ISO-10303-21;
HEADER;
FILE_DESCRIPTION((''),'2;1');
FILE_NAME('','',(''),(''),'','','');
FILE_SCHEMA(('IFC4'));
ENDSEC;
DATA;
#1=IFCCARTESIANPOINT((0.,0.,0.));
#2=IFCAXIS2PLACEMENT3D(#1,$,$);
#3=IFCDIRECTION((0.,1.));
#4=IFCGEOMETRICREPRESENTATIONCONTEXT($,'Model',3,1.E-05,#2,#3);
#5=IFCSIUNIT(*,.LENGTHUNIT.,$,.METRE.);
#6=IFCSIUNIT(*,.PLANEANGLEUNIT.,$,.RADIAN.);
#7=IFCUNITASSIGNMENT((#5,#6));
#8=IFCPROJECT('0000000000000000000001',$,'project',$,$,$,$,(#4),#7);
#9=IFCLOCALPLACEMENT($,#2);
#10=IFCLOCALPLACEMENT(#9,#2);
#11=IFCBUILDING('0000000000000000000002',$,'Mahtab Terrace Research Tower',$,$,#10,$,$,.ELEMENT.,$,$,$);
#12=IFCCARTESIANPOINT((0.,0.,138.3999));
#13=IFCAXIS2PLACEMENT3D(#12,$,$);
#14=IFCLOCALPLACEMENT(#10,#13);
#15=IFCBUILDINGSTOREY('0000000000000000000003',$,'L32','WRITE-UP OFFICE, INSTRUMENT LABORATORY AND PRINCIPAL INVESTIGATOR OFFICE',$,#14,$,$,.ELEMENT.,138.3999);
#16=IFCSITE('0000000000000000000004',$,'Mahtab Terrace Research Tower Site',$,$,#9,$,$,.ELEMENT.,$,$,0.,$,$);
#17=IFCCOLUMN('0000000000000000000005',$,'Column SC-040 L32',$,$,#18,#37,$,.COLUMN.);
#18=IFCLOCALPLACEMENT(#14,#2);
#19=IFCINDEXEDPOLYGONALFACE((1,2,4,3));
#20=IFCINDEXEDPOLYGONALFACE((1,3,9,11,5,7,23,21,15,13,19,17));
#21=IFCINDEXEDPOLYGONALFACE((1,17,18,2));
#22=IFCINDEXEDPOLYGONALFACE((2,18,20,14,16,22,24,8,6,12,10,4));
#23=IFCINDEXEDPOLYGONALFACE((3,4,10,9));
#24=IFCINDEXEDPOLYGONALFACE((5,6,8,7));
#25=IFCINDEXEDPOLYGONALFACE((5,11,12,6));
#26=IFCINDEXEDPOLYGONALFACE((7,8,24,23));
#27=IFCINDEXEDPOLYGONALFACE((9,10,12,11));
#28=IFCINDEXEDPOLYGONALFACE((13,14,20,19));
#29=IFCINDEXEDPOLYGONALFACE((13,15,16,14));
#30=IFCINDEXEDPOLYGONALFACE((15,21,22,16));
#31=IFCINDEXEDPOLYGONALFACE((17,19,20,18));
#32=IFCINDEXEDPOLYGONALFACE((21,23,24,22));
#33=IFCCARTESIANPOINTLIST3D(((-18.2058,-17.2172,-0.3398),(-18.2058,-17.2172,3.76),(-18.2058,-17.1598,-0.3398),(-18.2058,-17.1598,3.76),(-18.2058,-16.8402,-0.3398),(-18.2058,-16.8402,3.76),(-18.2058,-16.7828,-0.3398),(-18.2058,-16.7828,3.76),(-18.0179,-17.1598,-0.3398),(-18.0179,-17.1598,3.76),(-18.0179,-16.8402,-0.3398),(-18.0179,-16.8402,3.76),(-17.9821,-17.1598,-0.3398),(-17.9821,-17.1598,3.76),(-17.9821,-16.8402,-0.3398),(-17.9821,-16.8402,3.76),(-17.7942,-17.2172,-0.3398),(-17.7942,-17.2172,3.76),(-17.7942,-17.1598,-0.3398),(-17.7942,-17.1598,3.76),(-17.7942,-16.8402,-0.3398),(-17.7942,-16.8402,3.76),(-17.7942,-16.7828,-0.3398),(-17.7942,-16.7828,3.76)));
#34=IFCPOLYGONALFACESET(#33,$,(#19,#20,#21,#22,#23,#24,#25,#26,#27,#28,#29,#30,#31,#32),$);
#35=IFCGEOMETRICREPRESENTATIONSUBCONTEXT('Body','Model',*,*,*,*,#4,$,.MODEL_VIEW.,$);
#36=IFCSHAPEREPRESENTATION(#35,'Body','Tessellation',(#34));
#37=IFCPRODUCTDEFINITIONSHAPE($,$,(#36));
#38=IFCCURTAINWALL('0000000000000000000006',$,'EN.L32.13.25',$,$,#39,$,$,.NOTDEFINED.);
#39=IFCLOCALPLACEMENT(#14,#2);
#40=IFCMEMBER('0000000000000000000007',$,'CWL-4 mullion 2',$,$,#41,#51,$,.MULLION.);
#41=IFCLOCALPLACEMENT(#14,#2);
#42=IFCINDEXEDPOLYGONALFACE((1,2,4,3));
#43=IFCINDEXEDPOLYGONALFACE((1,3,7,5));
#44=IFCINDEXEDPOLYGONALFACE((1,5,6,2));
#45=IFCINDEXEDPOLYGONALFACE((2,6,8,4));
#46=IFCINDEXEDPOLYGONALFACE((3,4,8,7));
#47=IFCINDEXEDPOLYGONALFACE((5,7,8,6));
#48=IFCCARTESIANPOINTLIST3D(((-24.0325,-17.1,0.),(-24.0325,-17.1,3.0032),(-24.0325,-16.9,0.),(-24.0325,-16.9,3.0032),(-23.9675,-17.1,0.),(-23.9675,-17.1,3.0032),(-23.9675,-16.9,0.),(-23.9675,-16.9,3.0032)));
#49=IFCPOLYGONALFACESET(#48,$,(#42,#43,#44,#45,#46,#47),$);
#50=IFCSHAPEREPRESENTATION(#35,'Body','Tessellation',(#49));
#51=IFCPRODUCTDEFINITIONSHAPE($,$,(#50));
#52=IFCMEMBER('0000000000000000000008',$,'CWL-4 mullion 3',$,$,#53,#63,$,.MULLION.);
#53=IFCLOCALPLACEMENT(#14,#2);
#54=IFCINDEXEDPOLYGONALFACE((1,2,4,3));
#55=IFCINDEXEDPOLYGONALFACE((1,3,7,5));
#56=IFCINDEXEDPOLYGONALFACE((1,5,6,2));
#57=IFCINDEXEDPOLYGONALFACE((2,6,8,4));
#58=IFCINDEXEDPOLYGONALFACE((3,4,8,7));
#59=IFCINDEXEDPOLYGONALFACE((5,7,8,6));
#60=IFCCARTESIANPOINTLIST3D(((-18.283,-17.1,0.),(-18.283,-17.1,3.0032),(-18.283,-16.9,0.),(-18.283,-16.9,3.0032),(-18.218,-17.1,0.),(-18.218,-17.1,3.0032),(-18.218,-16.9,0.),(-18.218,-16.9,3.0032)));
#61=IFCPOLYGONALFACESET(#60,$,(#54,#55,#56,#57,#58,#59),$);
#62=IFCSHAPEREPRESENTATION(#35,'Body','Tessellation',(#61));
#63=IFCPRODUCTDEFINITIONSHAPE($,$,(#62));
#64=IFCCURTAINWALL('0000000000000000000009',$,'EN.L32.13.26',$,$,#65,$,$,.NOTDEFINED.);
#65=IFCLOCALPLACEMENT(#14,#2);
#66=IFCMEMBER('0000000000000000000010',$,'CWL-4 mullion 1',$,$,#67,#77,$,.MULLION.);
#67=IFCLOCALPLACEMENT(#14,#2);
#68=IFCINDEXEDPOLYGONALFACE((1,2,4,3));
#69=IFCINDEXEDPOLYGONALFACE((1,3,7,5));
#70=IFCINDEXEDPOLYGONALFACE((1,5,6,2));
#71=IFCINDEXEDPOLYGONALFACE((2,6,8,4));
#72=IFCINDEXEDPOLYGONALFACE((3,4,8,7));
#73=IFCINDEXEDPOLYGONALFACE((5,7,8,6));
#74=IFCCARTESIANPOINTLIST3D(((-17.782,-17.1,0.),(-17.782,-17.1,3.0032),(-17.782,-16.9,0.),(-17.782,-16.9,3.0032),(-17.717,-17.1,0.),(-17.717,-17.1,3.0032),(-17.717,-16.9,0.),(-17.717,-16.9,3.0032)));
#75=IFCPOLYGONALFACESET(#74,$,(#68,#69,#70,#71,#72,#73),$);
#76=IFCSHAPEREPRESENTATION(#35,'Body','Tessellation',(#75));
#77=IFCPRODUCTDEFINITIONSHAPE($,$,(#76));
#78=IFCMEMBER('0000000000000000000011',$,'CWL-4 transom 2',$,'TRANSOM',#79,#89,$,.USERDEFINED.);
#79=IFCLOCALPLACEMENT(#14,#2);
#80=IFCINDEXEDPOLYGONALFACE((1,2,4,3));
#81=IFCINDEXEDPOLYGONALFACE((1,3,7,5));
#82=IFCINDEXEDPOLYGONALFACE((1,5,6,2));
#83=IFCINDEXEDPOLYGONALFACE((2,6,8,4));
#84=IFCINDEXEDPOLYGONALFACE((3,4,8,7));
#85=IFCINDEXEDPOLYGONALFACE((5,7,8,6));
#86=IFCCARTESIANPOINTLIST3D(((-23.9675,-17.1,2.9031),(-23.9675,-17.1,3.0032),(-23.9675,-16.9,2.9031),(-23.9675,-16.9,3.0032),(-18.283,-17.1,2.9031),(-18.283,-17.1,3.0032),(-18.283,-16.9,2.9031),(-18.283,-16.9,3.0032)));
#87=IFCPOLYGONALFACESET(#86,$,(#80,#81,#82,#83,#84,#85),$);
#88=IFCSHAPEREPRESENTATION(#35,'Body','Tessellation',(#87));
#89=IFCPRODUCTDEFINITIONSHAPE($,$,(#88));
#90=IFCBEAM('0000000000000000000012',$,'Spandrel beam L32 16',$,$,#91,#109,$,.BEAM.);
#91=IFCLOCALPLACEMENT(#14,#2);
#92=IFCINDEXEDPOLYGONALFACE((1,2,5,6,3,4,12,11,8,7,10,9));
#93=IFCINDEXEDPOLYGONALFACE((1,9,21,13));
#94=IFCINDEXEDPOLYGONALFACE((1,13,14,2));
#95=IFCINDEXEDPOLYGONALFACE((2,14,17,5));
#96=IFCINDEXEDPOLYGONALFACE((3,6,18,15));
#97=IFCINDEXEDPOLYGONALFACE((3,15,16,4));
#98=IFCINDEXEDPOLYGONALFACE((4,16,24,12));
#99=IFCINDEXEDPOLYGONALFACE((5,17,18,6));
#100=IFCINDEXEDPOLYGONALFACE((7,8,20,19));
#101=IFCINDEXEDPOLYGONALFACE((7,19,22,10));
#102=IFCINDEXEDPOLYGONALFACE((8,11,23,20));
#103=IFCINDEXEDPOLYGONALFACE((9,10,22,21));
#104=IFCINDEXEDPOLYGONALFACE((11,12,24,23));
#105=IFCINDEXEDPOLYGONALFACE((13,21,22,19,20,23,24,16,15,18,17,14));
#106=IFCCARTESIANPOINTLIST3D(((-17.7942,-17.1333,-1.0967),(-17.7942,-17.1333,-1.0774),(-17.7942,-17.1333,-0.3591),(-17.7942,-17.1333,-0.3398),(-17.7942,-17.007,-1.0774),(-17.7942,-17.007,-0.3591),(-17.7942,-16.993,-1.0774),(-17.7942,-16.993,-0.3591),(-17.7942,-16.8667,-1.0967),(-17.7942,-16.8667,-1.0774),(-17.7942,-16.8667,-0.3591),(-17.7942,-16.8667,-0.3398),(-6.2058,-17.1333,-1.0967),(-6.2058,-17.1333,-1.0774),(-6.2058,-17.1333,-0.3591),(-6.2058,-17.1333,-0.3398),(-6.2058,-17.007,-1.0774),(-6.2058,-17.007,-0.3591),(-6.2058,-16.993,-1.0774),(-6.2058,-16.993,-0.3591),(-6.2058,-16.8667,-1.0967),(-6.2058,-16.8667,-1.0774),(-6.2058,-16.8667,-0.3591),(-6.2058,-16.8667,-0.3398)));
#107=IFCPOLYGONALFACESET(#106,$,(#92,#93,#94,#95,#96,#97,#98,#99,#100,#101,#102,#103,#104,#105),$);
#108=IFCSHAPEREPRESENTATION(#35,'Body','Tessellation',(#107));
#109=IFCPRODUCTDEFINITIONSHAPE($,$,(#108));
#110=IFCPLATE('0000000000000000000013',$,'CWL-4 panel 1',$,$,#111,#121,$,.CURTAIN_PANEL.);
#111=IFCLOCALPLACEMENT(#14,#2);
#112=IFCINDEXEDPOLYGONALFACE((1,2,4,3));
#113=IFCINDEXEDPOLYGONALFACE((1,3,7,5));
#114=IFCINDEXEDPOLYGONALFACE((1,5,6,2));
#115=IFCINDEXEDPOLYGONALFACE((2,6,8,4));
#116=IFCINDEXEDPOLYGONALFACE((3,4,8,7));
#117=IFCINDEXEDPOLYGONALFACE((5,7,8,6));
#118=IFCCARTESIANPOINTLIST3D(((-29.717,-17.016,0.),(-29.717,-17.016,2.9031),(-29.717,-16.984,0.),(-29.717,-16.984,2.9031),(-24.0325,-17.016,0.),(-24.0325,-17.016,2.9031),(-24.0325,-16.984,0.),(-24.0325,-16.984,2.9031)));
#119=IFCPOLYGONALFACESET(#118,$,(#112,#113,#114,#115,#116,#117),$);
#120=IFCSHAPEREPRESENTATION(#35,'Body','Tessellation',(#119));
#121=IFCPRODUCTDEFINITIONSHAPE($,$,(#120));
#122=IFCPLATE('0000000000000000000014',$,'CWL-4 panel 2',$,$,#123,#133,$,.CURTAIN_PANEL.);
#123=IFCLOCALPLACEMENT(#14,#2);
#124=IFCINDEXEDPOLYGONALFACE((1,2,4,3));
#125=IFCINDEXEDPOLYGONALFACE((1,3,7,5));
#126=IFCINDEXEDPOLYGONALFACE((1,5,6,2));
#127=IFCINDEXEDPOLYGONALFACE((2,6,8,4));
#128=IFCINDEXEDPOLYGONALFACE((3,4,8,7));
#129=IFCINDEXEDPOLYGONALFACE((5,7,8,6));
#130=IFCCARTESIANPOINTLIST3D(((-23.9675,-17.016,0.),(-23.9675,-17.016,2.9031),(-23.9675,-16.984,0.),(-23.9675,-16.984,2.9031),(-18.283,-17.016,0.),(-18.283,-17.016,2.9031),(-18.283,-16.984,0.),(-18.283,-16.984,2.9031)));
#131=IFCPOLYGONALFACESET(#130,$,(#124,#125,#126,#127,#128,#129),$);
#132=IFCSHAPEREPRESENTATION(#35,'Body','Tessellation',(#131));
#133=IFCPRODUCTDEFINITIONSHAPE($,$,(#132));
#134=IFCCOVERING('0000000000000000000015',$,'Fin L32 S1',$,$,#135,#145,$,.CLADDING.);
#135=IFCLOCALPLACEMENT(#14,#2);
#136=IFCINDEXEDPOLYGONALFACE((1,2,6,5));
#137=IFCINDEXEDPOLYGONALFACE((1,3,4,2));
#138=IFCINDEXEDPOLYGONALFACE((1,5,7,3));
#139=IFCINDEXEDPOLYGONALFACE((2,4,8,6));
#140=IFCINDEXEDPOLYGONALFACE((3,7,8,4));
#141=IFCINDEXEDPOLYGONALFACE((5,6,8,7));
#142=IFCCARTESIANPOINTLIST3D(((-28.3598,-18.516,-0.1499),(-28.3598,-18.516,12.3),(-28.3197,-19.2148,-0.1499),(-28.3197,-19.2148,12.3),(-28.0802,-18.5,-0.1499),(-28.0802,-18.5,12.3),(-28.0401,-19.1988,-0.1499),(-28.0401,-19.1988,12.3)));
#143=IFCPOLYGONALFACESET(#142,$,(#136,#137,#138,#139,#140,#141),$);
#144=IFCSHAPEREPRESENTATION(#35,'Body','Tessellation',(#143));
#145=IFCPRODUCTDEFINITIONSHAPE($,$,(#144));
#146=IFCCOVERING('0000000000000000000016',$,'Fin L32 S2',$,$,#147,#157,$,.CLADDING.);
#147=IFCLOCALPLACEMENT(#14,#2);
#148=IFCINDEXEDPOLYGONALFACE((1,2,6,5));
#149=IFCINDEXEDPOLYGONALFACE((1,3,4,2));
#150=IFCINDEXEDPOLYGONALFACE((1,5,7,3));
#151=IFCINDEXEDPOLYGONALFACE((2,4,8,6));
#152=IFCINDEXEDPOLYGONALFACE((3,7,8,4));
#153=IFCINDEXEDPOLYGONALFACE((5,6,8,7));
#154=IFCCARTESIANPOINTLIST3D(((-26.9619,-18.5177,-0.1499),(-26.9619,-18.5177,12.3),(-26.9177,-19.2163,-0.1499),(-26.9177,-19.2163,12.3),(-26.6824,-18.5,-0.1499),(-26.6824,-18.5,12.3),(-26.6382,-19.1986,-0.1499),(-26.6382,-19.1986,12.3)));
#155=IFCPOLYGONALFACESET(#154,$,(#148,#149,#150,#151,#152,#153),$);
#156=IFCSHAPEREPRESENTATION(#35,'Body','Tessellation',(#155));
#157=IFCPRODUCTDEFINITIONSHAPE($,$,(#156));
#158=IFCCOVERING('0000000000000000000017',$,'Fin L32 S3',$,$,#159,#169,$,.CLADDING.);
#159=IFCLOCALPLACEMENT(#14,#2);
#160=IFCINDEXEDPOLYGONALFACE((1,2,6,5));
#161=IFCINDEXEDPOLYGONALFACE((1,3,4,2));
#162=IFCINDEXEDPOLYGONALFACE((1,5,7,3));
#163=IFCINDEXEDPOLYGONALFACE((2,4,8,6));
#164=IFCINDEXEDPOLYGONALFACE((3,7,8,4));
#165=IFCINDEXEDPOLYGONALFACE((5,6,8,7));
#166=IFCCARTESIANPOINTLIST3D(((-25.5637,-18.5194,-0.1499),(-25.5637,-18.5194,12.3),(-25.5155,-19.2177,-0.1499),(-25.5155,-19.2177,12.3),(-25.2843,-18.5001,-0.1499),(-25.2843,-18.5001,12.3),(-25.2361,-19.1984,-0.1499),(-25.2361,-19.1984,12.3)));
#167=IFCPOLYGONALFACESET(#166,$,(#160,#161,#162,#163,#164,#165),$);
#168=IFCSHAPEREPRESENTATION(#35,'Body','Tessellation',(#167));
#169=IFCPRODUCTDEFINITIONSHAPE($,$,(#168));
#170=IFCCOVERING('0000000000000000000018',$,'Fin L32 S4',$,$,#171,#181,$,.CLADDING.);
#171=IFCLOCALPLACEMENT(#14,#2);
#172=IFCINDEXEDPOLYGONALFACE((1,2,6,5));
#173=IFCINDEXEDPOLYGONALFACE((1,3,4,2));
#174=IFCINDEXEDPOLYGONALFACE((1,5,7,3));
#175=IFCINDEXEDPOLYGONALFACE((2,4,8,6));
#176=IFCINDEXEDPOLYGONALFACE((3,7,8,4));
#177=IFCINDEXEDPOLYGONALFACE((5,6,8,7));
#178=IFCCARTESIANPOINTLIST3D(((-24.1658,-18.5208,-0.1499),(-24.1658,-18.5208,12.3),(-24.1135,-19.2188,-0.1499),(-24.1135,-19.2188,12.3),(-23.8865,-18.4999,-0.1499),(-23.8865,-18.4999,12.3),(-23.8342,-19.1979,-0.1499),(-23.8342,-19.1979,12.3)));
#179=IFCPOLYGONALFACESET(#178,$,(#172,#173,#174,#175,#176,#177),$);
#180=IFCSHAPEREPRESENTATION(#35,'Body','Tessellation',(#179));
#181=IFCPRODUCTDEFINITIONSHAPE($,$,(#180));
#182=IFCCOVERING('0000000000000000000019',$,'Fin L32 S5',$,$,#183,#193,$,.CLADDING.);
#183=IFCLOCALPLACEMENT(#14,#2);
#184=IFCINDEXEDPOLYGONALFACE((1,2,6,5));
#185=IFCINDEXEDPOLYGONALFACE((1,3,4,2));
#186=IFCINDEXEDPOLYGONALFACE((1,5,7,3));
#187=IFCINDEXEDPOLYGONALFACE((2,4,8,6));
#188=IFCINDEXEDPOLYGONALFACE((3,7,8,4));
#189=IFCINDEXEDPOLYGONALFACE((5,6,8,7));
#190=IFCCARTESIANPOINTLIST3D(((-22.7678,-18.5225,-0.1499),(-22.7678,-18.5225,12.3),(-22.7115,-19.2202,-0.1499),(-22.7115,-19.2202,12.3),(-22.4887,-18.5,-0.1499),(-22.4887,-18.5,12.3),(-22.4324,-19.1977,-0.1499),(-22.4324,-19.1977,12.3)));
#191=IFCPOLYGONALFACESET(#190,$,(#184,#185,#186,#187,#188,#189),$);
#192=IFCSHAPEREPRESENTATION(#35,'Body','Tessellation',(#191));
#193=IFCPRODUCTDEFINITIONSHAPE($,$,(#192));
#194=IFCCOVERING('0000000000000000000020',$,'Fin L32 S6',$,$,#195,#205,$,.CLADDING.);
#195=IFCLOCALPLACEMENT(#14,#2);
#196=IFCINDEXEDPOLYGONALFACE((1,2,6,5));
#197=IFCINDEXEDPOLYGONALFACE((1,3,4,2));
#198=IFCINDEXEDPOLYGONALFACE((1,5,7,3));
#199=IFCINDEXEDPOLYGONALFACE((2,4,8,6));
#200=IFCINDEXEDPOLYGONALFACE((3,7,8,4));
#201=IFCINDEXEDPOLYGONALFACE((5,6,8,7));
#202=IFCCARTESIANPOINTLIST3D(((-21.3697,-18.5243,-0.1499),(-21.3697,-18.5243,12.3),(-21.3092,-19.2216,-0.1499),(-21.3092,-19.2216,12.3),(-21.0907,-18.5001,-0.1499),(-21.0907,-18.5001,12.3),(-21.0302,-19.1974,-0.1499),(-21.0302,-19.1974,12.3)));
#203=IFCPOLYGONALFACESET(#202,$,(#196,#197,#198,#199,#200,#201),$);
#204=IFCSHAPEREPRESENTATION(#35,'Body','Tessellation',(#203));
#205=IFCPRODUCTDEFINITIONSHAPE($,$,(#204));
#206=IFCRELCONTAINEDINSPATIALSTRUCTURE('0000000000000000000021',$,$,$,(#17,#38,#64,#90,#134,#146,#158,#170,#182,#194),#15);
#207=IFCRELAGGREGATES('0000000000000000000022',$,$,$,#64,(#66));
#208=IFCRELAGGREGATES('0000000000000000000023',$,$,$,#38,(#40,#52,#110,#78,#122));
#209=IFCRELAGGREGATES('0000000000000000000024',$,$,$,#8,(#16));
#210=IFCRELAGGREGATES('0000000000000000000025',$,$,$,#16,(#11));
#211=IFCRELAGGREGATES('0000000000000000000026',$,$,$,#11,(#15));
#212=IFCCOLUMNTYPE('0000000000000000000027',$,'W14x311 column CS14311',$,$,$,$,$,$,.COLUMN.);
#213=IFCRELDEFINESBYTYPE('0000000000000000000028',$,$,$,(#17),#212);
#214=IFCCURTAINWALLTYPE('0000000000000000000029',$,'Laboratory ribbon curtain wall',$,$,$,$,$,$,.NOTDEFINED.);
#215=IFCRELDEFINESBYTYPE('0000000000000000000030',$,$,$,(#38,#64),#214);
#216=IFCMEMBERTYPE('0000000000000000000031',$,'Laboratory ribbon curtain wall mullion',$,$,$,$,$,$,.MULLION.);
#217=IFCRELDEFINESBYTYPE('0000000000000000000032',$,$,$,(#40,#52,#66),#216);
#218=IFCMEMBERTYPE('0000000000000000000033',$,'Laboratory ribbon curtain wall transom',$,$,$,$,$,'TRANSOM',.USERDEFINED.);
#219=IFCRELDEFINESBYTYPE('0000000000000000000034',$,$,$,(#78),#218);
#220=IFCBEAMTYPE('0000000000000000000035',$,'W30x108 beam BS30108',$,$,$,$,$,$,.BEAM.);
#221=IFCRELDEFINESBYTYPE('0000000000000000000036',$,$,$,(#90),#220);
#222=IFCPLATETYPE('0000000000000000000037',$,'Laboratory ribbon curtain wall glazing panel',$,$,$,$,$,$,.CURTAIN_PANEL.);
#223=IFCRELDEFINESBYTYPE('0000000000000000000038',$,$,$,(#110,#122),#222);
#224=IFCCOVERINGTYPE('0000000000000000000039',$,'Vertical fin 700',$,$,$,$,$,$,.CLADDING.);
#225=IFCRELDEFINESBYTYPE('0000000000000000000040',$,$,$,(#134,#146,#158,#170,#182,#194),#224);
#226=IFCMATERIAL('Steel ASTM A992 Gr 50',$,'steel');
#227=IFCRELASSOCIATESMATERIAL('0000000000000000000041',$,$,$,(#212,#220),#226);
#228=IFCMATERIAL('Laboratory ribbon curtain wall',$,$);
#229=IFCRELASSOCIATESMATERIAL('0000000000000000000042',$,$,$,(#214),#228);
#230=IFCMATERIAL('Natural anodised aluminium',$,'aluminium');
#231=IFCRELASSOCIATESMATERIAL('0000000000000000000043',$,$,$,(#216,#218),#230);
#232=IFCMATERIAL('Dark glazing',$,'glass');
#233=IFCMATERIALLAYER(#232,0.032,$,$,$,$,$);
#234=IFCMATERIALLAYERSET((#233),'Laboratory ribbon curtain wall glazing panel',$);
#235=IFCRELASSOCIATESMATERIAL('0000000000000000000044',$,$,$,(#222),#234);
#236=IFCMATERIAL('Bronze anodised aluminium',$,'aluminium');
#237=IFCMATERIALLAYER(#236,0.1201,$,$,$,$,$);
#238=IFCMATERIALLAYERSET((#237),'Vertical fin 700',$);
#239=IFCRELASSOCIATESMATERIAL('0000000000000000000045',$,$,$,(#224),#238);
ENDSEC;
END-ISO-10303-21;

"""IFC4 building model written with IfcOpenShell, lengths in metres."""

from ifc_helpers import new_model, si_unit, direction, frame, origin, origin_2d, place, context, subcontext, project, spatial, rectangle, i_section, extrude, material, layer, layer_set, material_profile, profile_set, type_object, element, aggregate, save


model = new_model("IFC4")

# Units and contexts
model_context = context("Model", 3, precision=1e-05, world=origin(), true_north=direction((0.0, 1.0)))
body_context = subcontext(model_context, "Body", "Model", "MODEL_VIEW")
ifc_project = project(units=[si_unit("LENGTHUNIT", "METRE"), si_unit("PLANEANGLEUNIT", "RADIAN")], contexts=[model_context])

# Site, building, storey
site_placement = place(None, origin())
site = spatial("IfcSite", under=ifc_project, at=site_placement, Name="Mahtab Terrace Research Tower Site", CompositionType="ELEMENT", RefElevation=0.0)
building_placement = place(site_placement, origin())
building = spatial("IfcBuilding", under=site, at=building_placement, Name="Mahtab Terrace Research Tower", CompositionType="ELEMENT")
storey_placement = place(building_placement, frame((0.0, 0.0, 138.3999)))
storey = spatial("IfcBuildingStorey", under=building, at=storey_placement, Name="L32", Description="WRITE-UP OFFICE, INSTRUMENT LABORATORY AND PRINCIPAL INVESTIGATOR OFFICE", CompositionType="ELEMENT", Elevation=138.3999)

# Column
ifc_material_1 = material(Name="Steel ASTM A992 Gr 50", Category="steel")
ifc_material_profile_1 = material_profile(ifc_material_1, i_section(OverallWidth=0.4116, OverallDepth=0.4343, WebThickness=0.0359, FlangeThickness=0.0574, at=origin_2d()), Name="W14X311")
ifc_profile_set_1 = profile_set([ifc_material_profile_1], Name="Steel ASTM A992 Gr 50")
column_type = type_object("IfcColumnType", Name="W14x311 column CS14311", PredefinedType="COLUMN", material=ifc_profile_set_1)
column_placement = place(storey_placement, frame((-18.0, -17.0, -0.3398), z_axis=(0.0, 0.0, 1.0), x_axis=(1.0, 0.0, 0.0)))
element("IfcColumn", 1, at=column_placement, inside=storey, type_object=column_type, Name="Column SC-040 L32", PredefinedType="COLUMN", context=body_context, shape_type="SweptSolid", body=[
    extrude(i_section(OverallWidth=0.4116, OverallDepth=0.4343, WebThickness=0.0359, FlangeThickness=0.0574, at=origin_2d()), origin(), (0.0, 0.0, 1.0), 4.0999),
])

# Curtain wall, members
ifc_material_2 = material(Name="Laboratory ribbon curtain wall")
curtain_wall_type = type_object("IfcCurtainWallType", Name="Laboratory ribbon curtain wall", PredefinedType="NOTDEFINED", material=ifc_material_2)
curtain_wall_1_placement = place(storey_placement, origin())
curtain_wall_1 = element("IfcCurtainWall", 2, at=curtain_wall_1_placement, inside=storey, type_object=curtain_wall_type, Name="EN.L32.13.25", PredefinedType="NOTDEFINED")
ifc_material_3 = material(Name="Natural anodised aluminium", Category="aluminium")
ifc_material_profile_2 = material_profile(ifc_material_3, rectangle(XDim=0.2, YDim=0.0649, at=origin_2d()), Name="MULLION 65x200")
ifc_profile_set_2 = profile_set([ifc_material_profile_2], Name="Natural anodised aluminium")
member_type_1 = type_object("IfcMemberType", Name="Laboratory ribbon curtain wall mullion", PredefinedType="MULLION", material=ifc_profile_set_2)
member_1_placement = place(storey_placement, frame((-24.0, -17.0, 0.0), z_axis=(0.0, 0.0, 1.0), x_axis=(0.0, 1.0, 0.0)))
member_1 = element("IfcMember", 3, at=member_1_placement, type_object=member_type_1, Name="CWL-4 mullion 2", PredefinedType="MULLION", context=body_context, shape_type="SweptSolid", body=[
    extrude(rectangle(XDim=0.2, YDim=0.0649, at=origin_2d()), origin(), (0.0, 0.0, 1.0), 3.0032),
])
member_2_placement = place(storey_placement, frame((-18.2505, -17.0, 0.0), z_axis=(0.0, 0.0, 1.0), x_axis=(0.0, 1.0, 0.0)))
member_2 = element("IfcMember", 4, at=member_2_placement, type_object=member_type_1, Name="CWL-4 mullion 3", PredefinedType="MULLION", context=body_context, shape_type="SweptSolid", body=[
    extrude(rectangle(XDim=0.2, YDim=0.0649, at=origin_2d()), origin(), (0.0, 0.0, 1.0), 3.0032),
])

# Curtain wall, member
curtain_wall_2_placement = place(storey_placement, origin())
curtain_wall_2 = element("IfcCurtainWall", 5, at=curtain_wall_2_placement, inside=storey, type_object=curtain_wall_type, Name="EN.L32.13.26", PredefinedType="NOTDEFINED")
member_3_placement = place(storey_placement, frame((-17.7495, -17.0, 0.0), z_axis=(0.0, 0.0, 1.0), x_axis=(0.0, 1.0, 0.0)))
member_3 = element("IfcMember", 6, at=member_3_placement, type_object=member_type_1, Name="CWL-4 mullion 1", PredefinedType="MULLION", context=body_context, shape_type="SweptSolid", body=[
    extrude(rectangle(XDim=0.2, YDim=0.0649, at=origin_2d()), origin(), (0.0, 0.0, 1.0), 3.0032),
])
aggregate(curtain_wall_2, [member_3])

# Member
ifc_material_profile_3 = material_profile(ifc_material_3, rectangle(XDim=0.2, YDim=0.1001, at=origin_2d()), Name="TRANSOM 100x200")
ifc_profile_set_3 = profile_set([ifc_material_profile_3], Name="Natural anodised aluminium")
member_type_2 = type_object("IfcMemberType", Name="Laboratory ribbon curtain wall transom", ElementType="TRANSOM", PredefinedType="USERDEFINED", material=ifc_profile_set_3)
member_4_placement = place(storey_placement, frame((-23.9675, -17.0, 2.9531), z_axis=(1.0, 0.0, 0.0), x_axis=(0.0, 1.0, 0.0)))
member_4 = element("IfcMember", 7, at=member_4_placement, type_object=member_type_2, Name="CWL-4 transom 2", ObjectType="TRANSOM", PredefinedType="USERDEFINED", context=body_context, shape_type="SweptSolid", body=[
    extrude(rectangle(XDim=0.2, YDim=0.1001, at=origin_2d()), origin(), (0.0, 0.0, 1.0), 5.6846),
])

# Beam
ifc_material_profile_4 = material_profile(ifc_material_1, i_section(OverallWidth=0.2666, OverallDepth=0.7568, WebThickness=0.0139, FlangeThickness=0.0193, at=origin_2d()), Name="W30X108")
ifc_profile_set_4 = profile_set([ifc_material_profile_4], Name="Steel ASTM A992 Gr 50")
beam_type = type_object("IfcBeamType", Name="W30x108 beam BS30108", PredefinedType="BEAM", material=ifc_profile_set_4)
beam_placement = place(storey_placement, frame((-17.7942, -17.0, -0.7183), z_axis=(1.0, 0.0, 0.0), x_axis=(0.0, 1.0, 0.0)))
element("IfcBeam", 8, at=beam_placement, inside=storey, type_object=beam_type, Name="Spandrel beam L32 16", PredefinedType="BEAM", context=body_context, shape_type="SweptSolid", body=[
    extrude(i_section(OverallWidth=0.2666, OverallDepth=0.7568, WebThickness=0.0139, FlangeThickness=0.0193, at=origin_2d()), origin(), (0.0, 0.0, 1.0), 11.5884),
])

# Plates
ifc_material_4 = material(Name="Dark glazing", Category="glass")
ifc_layer_1 = layer(ifc_material_4, 0.032)
ifc_layer_set_1 = layer_set([ifc_layer_1], Name="Laboratory ribbon curtain wall glazing panel")
plate_type = type_object("IfcPlateType", Name="Laboratory ribbon curtain wall glazing panel", PredefinedType="CURTAIN_PANEL", material=ifc_layer_set_1)
plate_1_placement = place(storey_placement, frame((-26.8748, -17.0, 0.0), z_axis=(0.0, 0.0, 1.0), x_axis=(1.0, 0.0, 0.0)))
plate_1 = element("IfcPlate", 9, at=plate_1_placement, type_object=plate_type, Name="CWL-4 panel 1", PredefinedType="CURTAIN_PANEL", context=body_context, shape_type="SweptSolid", body=[
    extrude(rectangle(XDim=5.6846, YDim=0.032, at=origin_2d()), origin(), (0.0, 0.0, 1.0), 2.9031),
])
plate_2_placement = place(storey_placement, frame((-21.1252, -17.0, 0.0), z_axis=(0.0, 0.0, 1.0), x_axis=(1.0, 0.0, 0.0)))
plate_2 = element("IfcPlate", 10, at=plate_2_placement, type_object=plate_type, Name="CWL-4 panel 2", PredefinedType="CURTAIN_PANEL", context=body_context, shape_type="SweptSolid", body=[
    extrude(rectangle(XDim=5.6846, YDim=0.032, at=origin_2d()), origin(), (0.0, 0.0, 1.0), 2.9031),
])
aggregate(curtain_wall_1, [member_1, member_2, plate_1, member_4, plate_2])

# Coverings
ifc_material_5 = material(Name="Bronze anodised aluminium", Category="aluminium")
ifc_layer_2 = layer(ifc_material_5, 0.1201)
ifc_layer_set_2 = layer_set([ifc_layer_2], Name="Vertical fin 700")
covering_type = type_object("IfcCoveringType", Name="Vertical fin 700", PredefinedType="CLADDING", material=ifc_layer_set_2)
for number, where, z_axis, x_axis, name in (
    (11, (-28.2, -18.8574, -0.1499), (0.0, 0.0, 1.0), (0.998356, 0.057315, 0.0), "Fin L32 S1"),
    (12, (-26.8, -18.8582, -0.1499), (0.0, 0.0, 1.0), (0.998006, 0.063122, 0.0), "Fin L32 S2"),
    (13, (-25.3999, -18.8589, -0.1499), (0.0, 0.0, 1.0), (0.997622, 0.068927, 0.0), "Fin L32 S3"),
    (14, (-24.0, -18.8594, -0.1499), (0.0, 0.0, 1.0), (0.997204, 0.07473, 0.0), "Fin L32 S4"),
    (15, (-22.6001, -18.8601, -0.1499), (0.0, 0.0, 1.0), (0.996752, 0.08053, 0.0), "Fin L32 S5"),
    (16, (-21.2, -18.8608, -0.1499), (0.0, 0.0, 1.0), (0.996267, 0.086328, 0.0), "Fin L32 S6"),
):
    element("IfcCovering", number, at=place(storey_placement, frame(where, z_axis=z_axis, x_axis=x_axis)), inside=storey, type_object=covering_type, Name=name, PredefinedType="CLADDING", context=body_context, shape_type="SweptSolid", body=[
        extrude(rectangle(XDim=0.28, YDim=0.7, at=origin_2d()), origin(), (0.0, 0.0, 1.0), 12.45),
    ])

save(model, "model.ifc")
